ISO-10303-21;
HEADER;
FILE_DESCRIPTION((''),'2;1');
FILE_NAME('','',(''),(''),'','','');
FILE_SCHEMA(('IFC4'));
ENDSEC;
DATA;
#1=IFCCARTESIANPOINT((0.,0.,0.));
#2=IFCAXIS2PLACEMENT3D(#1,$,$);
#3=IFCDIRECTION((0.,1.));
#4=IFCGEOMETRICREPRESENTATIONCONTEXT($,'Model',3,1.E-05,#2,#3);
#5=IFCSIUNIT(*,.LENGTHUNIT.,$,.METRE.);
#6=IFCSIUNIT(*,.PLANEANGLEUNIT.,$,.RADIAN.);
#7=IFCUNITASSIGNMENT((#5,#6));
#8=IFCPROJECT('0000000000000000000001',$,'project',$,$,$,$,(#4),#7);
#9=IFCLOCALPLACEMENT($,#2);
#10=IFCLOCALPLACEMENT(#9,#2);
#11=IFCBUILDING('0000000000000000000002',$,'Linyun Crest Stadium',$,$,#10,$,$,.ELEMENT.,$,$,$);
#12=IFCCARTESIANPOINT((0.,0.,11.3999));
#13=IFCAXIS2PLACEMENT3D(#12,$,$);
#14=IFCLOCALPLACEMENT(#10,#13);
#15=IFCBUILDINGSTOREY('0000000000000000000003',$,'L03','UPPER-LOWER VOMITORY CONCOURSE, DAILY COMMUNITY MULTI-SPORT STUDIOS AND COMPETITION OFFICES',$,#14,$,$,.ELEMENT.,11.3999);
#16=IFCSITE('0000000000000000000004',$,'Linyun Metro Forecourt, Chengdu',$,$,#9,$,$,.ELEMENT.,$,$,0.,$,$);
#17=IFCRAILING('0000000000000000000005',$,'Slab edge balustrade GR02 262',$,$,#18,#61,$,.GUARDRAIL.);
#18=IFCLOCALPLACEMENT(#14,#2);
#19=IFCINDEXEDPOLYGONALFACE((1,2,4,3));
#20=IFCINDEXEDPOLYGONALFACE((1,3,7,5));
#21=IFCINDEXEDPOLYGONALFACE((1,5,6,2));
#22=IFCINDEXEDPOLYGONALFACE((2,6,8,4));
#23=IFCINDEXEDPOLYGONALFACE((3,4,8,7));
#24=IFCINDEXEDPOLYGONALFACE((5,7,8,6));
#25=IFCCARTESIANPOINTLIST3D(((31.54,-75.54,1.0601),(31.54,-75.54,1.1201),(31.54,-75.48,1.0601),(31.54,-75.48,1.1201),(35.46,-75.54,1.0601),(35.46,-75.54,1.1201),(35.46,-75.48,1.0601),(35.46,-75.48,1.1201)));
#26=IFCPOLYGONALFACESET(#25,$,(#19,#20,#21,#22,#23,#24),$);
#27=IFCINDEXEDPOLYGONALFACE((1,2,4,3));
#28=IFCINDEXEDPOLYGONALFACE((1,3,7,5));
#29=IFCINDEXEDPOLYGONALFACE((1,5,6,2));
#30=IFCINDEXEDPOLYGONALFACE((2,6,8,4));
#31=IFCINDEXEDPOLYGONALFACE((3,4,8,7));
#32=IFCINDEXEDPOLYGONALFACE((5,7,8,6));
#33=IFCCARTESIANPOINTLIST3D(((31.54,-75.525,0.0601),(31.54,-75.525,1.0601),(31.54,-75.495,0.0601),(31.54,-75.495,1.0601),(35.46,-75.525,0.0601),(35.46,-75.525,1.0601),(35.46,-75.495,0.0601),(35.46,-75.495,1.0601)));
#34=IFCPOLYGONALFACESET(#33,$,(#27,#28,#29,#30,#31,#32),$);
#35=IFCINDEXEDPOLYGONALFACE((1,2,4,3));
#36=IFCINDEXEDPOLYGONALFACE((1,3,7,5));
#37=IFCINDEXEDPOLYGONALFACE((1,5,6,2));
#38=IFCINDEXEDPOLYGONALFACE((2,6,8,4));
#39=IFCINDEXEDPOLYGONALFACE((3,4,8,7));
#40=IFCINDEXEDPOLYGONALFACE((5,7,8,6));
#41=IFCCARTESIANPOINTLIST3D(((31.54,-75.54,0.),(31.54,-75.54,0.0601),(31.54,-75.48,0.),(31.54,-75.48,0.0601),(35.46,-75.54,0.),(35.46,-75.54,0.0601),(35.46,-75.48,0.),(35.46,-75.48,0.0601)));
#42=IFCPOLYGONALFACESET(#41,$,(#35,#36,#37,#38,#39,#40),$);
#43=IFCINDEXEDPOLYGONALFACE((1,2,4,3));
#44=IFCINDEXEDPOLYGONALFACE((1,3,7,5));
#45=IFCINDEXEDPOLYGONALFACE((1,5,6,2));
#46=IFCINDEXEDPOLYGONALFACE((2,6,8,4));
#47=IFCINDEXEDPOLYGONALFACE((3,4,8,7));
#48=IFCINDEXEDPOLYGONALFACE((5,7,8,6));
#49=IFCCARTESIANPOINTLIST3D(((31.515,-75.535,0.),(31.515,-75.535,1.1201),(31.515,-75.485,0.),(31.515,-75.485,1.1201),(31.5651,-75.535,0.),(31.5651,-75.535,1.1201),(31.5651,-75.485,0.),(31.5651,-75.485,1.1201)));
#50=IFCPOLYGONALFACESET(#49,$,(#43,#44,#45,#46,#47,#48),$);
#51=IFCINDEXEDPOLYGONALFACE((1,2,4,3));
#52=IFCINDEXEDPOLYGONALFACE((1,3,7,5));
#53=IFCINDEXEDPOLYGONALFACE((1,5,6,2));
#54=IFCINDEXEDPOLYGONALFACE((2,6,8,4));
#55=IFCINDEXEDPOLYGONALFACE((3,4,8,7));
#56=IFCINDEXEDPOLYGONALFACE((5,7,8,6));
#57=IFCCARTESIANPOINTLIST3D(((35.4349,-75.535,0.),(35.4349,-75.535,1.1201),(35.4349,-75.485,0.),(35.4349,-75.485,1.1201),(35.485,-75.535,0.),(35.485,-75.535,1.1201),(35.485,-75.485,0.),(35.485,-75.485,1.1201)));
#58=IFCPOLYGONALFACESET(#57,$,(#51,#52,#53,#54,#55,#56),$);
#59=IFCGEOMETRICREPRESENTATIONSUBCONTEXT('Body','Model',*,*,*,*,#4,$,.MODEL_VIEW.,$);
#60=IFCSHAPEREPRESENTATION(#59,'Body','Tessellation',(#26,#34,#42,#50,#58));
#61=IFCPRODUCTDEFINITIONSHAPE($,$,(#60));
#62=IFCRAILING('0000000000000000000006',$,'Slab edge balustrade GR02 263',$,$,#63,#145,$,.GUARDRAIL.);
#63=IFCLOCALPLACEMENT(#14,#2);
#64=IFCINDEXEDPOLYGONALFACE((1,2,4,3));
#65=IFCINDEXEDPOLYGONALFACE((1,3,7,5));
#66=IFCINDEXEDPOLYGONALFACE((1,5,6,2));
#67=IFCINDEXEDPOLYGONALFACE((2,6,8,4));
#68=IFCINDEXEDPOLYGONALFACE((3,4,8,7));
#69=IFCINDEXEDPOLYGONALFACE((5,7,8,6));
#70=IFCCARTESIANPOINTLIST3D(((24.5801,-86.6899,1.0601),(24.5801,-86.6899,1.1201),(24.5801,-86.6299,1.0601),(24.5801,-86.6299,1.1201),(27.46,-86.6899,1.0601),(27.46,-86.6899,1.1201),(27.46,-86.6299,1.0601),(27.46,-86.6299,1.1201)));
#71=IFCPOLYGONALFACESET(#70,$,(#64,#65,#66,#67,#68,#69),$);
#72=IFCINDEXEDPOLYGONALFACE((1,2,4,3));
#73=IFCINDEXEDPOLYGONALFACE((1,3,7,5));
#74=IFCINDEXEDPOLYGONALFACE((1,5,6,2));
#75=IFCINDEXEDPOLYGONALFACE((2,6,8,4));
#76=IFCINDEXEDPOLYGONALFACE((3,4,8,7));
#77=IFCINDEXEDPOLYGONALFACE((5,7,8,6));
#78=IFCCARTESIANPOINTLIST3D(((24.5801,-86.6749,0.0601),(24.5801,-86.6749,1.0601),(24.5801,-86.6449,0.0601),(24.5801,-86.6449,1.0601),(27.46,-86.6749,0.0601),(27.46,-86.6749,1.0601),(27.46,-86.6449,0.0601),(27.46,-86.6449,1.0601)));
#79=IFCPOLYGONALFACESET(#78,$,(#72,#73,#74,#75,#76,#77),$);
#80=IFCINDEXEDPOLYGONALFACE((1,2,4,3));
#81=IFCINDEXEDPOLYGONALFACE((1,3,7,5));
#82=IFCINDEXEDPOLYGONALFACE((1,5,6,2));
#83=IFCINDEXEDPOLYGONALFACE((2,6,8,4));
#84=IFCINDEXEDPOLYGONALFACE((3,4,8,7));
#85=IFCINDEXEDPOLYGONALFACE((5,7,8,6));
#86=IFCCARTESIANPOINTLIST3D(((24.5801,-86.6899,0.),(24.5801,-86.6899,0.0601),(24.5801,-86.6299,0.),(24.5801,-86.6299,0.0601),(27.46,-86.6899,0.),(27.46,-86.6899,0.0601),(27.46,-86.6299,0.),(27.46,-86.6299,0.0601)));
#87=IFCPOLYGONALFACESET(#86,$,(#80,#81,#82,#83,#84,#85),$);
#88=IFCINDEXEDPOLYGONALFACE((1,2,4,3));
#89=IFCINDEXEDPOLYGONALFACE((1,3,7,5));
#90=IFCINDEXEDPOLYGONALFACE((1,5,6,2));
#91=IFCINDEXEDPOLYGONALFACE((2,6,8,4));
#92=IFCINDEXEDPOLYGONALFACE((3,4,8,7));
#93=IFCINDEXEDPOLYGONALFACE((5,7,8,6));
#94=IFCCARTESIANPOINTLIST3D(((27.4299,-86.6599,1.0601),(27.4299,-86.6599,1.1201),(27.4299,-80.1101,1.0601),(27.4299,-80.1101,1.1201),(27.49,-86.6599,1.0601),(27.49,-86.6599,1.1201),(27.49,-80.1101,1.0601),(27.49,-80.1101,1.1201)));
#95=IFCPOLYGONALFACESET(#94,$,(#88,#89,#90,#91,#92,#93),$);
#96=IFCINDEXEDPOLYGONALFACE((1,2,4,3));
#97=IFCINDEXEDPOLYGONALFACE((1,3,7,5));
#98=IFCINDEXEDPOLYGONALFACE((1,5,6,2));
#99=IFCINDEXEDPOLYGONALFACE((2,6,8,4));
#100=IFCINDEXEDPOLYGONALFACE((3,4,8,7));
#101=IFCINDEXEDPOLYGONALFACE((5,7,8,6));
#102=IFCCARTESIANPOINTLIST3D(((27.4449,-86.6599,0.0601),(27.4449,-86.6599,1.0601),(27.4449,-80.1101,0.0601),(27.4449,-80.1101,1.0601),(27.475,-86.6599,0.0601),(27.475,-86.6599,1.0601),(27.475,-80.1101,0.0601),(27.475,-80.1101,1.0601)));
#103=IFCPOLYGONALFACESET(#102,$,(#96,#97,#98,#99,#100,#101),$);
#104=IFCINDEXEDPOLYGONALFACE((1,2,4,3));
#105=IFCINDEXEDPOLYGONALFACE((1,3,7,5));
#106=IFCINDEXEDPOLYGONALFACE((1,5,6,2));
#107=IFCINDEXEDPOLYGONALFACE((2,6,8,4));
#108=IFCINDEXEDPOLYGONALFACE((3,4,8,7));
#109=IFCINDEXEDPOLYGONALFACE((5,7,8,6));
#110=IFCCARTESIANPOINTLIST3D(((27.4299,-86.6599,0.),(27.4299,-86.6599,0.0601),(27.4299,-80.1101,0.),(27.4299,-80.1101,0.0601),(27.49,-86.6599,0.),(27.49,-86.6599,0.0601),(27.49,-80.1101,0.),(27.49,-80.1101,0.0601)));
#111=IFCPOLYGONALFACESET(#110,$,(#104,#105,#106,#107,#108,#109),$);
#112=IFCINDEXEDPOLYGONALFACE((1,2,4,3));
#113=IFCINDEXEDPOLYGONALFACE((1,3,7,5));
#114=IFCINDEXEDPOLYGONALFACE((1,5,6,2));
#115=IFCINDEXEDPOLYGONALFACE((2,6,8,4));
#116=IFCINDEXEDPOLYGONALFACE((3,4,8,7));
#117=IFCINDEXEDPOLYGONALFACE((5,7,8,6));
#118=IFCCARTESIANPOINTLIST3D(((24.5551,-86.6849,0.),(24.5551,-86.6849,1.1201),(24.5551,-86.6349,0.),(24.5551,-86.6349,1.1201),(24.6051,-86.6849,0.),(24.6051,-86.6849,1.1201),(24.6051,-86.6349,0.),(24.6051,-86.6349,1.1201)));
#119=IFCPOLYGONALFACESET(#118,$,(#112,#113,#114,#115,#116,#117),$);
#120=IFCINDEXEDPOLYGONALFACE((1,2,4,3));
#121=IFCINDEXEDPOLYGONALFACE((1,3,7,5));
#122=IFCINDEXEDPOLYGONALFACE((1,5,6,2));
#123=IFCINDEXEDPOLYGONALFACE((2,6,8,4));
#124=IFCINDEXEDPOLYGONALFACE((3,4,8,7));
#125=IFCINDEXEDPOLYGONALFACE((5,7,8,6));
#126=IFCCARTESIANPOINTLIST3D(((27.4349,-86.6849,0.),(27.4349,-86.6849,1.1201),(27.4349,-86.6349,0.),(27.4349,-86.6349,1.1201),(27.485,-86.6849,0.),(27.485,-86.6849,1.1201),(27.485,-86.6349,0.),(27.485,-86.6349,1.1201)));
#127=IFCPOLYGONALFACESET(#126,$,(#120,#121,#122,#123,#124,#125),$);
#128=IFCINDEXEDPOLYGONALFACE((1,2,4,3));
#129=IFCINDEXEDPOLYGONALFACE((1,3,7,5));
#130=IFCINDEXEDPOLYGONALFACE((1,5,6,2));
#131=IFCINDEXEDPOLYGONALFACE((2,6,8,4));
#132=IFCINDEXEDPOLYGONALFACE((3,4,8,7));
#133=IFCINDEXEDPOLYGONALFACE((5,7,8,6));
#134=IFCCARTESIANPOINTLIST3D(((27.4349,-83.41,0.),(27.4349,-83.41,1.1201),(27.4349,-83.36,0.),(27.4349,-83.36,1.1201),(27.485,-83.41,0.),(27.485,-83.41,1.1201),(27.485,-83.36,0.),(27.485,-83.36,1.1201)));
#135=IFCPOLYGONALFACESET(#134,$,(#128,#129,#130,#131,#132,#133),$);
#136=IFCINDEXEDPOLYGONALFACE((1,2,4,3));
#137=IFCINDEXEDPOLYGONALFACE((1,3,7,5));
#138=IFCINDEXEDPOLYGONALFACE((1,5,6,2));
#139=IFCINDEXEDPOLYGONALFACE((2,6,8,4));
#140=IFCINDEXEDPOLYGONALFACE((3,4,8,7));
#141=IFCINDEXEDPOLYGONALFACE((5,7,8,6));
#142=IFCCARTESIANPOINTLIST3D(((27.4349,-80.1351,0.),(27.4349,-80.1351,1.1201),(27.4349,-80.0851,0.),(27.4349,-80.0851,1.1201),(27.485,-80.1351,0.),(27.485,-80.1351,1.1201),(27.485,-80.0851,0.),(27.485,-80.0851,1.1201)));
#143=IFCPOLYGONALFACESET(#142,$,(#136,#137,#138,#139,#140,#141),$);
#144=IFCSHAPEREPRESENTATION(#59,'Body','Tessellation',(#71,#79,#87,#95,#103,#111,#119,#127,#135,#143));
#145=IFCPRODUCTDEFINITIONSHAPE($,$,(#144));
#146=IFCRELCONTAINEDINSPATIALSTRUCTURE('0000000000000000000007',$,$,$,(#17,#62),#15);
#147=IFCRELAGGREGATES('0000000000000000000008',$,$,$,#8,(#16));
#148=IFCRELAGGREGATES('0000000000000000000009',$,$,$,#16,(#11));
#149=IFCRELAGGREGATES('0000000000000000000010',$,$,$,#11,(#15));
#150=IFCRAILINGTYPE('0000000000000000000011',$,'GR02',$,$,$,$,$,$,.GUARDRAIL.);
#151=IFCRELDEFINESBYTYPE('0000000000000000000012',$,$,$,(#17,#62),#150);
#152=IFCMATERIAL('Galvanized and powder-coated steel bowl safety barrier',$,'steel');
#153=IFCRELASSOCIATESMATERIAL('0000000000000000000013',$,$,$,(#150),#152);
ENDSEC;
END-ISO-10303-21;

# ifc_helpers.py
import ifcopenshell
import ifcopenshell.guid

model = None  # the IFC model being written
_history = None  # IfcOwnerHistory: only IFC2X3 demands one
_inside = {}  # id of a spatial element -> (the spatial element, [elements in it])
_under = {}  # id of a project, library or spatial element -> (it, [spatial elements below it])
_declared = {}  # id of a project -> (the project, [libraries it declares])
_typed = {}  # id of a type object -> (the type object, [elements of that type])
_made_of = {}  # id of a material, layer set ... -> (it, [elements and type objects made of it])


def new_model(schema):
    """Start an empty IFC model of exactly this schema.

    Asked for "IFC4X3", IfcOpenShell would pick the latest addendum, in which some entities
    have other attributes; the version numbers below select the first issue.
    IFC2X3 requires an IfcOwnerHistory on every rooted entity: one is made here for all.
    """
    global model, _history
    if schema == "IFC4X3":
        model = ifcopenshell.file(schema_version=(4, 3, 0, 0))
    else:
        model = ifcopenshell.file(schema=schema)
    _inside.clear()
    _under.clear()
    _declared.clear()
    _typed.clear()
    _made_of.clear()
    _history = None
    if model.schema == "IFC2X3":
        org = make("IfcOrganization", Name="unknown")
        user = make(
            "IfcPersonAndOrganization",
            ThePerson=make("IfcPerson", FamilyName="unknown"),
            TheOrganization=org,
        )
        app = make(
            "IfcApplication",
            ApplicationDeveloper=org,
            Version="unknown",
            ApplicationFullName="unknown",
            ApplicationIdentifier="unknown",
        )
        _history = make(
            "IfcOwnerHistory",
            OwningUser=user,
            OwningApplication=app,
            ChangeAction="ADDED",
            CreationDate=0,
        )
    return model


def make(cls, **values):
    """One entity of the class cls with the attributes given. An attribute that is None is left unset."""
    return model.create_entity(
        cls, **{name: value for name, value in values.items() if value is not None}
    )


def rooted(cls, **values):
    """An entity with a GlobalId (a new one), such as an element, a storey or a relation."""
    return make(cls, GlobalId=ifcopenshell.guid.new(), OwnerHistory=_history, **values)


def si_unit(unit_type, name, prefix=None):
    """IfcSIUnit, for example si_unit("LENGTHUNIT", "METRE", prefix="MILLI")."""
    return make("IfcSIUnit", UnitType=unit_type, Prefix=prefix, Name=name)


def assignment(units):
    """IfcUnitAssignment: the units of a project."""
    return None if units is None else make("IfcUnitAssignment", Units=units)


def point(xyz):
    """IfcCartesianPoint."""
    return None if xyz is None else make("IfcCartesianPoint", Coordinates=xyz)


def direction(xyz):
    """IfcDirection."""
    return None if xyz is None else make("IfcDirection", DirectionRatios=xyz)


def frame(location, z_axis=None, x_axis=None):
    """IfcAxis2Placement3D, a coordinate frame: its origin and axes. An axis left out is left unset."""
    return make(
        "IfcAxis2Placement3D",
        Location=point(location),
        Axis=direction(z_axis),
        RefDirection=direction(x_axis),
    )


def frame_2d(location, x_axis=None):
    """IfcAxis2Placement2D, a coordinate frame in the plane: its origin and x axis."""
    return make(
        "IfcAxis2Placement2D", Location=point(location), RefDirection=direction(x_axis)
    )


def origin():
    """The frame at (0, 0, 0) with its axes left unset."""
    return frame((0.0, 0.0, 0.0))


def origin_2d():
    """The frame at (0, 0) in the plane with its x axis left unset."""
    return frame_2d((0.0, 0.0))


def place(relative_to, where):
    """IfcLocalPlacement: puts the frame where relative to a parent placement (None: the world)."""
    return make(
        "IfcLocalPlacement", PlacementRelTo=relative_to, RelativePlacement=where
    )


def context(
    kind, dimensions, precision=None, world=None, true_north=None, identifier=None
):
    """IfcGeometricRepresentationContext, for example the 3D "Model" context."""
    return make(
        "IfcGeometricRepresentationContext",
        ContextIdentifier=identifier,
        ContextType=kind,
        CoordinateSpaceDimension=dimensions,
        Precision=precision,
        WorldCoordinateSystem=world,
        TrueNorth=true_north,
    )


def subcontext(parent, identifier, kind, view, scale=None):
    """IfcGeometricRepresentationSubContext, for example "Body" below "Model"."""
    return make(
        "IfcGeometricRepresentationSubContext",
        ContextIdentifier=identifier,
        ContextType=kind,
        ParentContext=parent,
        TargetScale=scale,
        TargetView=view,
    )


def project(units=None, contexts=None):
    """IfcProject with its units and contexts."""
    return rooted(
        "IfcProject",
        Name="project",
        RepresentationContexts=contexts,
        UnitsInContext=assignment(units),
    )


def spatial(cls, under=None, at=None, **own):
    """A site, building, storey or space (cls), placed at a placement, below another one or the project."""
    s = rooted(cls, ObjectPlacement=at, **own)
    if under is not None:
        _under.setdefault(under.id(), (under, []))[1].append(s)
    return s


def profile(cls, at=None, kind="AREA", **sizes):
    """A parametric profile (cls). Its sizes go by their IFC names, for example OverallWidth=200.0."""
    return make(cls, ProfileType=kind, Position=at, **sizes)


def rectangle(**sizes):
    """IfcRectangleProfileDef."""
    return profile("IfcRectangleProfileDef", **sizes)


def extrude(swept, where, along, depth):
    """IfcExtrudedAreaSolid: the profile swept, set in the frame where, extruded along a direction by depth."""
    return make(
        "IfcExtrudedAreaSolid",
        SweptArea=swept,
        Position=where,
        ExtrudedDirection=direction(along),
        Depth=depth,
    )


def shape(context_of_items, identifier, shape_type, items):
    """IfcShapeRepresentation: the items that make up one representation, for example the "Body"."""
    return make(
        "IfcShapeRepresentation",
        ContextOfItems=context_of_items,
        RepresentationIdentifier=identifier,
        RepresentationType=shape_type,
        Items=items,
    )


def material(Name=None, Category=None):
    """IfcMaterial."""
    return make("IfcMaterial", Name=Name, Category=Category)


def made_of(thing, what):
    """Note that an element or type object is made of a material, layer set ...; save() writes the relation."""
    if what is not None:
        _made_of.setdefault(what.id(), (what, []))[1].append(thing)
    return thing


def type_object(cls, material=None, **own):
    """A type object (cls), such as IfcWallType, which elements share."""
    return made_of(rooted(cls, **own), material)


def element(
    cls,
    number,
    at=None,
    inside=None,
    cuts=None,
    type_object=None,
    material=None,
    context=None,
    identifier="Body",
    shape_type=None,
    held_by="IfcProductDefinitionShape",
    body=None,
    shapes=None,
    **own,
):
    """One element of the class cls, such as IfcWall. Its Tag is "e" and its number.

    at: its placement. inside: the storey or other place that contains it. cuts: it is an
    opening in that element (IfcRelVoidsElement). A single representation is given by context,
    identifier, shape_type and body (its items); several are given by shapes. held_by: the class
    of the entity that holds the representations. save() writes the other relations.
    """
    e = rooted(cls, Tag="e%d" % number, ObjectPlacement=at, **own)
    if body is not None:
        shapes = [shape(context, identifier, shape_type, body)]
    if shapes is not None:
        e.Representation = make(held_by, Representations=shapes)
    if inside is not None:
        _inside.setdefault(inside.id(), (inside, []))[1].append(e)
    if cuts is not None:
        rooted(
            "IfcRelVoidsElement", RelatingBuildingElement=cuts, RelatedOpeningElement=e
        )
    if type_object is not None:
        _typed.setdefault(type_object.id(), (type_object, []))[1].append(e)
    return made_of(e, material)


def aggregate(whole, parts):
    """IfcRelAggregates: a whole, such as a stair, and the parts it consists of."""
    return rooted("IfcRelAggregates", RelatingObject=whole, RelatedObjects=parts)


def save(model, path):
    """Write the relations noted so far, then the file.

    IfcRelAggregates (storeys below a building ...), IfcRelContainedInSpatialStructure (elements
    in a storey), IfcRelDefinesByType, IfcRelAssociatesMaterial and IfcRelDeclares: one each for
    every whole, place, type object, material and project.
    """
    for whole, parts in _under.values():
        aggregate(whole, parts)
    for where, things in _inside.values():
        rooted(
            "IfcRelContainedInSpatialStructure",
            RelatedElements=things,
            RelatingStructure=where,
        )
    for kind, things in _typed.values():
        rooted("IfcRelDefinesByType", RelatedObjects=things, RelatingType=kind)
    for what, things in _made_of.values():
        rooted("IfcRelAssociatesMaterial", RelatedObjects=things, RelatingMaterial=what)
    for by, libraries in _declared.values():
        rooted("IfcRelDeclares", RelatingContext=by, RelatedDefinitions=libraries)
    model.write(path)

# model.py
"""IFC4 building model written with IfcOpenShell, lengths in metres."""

from ifc_helpers import new_model, si_unit, direction, frame, origin, origin_2d, place, context, subcontext, project, spatial, rectangle, extrude, material, type_object, element, save


model = new_model("IFC4")

# Units and contexts
model_context = context("Model", 3, precision=1e-05, world=origin(), true_north=direction((0.0, 1.0)))
body_context = subcontext(model_context, "Body", "Model", "MODEL_VIEW")
ifc_project = project(units=[si_unit("LENGTHUNIT", "METRE"), si_unit("PLANEANGLEUNIT", "RADIAN")], contexts=[model_context])

# Site, building, storey
site_placement = place(None, origin())
site = spatial("IfcSite", under=ifc_project, at=site_placement, Name="Linyun Metro Forecourt, Chengdu", CompositionType="ELEMENT", RefElevation=0.0)
building_placement = place(site_placement, origin())
building = spatial("IfcBuilding", under=site, at=building_placement, Name="Linyun Crest Stadium", CompositionType="ELEMENT")
storey_placement = place(building_placement, frame((0.0, 0.0, 11.3999)))
storey = spatial("IfcBuildingStorey", under=building, at=storey_placement, Name="L03", Description="UPPER-LOWER VOMITORY CONCOURSE, DAILY COMMUNITY MULTI-SPORT STUDIOS AND COMPETITION OFFICES", CompositionType="ELEMENT", Elevation=11.3999)

# Railings
ifc_material_1 = material(Name="Galvanized and powder-coated steel bowl safety barrier", Category="steel")
railing_type_1 = type_object("IfcRailingType", Name="GR02", PredefinedType="GUARDRAIL", material=ifc_material_1)
railing_1_placement = place(storey_placement, frame((31.54, -75.51, 0.0)))
element("IfcRailing", 1, at=railing_1_placement, inside=storey, type_object=railing_type_1, Name="Slab edge balustrade GR02 262", PredefinedType="GUARDRAIL", context=body_context, shape_type="SweptSolid", body=[
    extrude(rectangle(XDim=0.0601, YDim=0.0601, at=origin_2d()), frame((0.0, 0.0, 1.0901), z_axis=(1.0, 0.0, 0.0), x_axis=(0.0, 1.0, 0.0)), (0.0, 0.0, 1.0), 3.9199),
    extrude(rectangle(XDim=0.03, YDim=1.0, at=origin_2d()), frame((0.0, 0.0, 0.5601), z_axis=(1.0, 0.0, 0.0), x_axis=(0.0, 1.0, 0.0)), (0.0, 0.0, 1.0), 3.9199),
    extrude(rectangle(XDim=0.0601, YDim=0.0601, at=origin_2d()), frame((0.0, 0.0, 0.03), z_axis=(1.0, 0.0, 0.0), x_axis=(0.0, 1.0, 0.0)), (0.0, 0.0, 1.0), 3.9199),
    extrude(rectangle(XDim=0.05, YDim=0.05, at=origin_2d()), origin(), (0.0, 0.0, 1.0), 1.1201),
    extrude(rectangle(XDim=0.05, YDim=0.05, at=origin_2d()), frame((3.9199, 0.0, 0.0)), (0.0, 0.0, 1.0), 1.1201),
])
railing_2_placement = place(storey_placement, frame((24.5801, -86.6599, 0.0)))
element("IfcRailing", 2, at=railing_2_placement, inside=storey, type_object=railing_type_1, Name="Slab edge balustrade GR02 263", PredefinedType="GUARDRAIL", context=body_context, shape_type="SweptSolid", body=[
    extrude(rectangle(XDim=0.0601, YDim=0.0601, at=origin_2d()), frame((0.0, 0.0, 1.0901), z_axis=(1.0, 0.0, 0.0), x_axis=(0.0, 1.0, 0.0)), (0.0, 0.0, 1.0), 2.8799),
    extrude(rectangle(XDim=0.03, YDim=1.0, at=origin_2d()), frame((0.0, 0.0, 0.5601), z_axis=(1.0, 0.0, 0.0), x_axis=(0.0, 1.0, 0.0)), (0.0, 0.0, 1.0), 2.8799),
    extrude(rectangle(XDim=0.0601, YDim=0.0601, at=origin_2d()), frame((0.0, 0.0, 0.03), z_axis=(1.0, 0.0, 0.0), x_axis=(0.0, 1.0, 0.0)), (0.0, 0.0, 1.0), 2.8799),
    extrude(rectangle(XDim=0.0601, YDim=0.0601, at=origin_2d()), frame((2.8799, 0.0, 1.0901), z_axis=(0.0, 1.0, 0.0), x_axis=(-1.0, 0.0, 0.0)), (0.0, 0.0, 1.0), 6.5498),
    extrude(rectangle(XDim=0.03, YDim=1.0, at=origin_2d()), frame((2.8799, 0.0, 0.5601), z_axis=(0.0, 1.0, 0.0), x_axis=(-1.0, 0.0, 0.0)), (0.0, 0.0, 1.0), 6.5498),
    extrude(rectangle(XDim=0.0601, YDim=0.0601, at=origin_2d()), frame((2.8799, 0.0, 0.03), z_axis=(0.0, 1.0, 0.0), x_axis=(-1.0, 0.0, 0.0)), (0.0, 0.0, 1.0), 6.5498),
    extrude(rectangle(XDim=0.05, YDim=0.05, at=origin_2d()), origin(), (0.0, 0.0, 1.0), 1.1201),
    extrude(rectangle(XDim=0.05, YDim=0.05, at=origin_2d()), frame((2.8799, 0.0, 0.0)), (0.0, 0.0, 1.0), 1.1201),
    extrude(rectangle(XDim=0.05, YDim=0.05, at=origin_2d()), frame((2.8799, 3.2749, 0.0)), (0.0, 0.0, 1.0), 1.1201),
    extrude(rectangle(XDim=0.05, YDim=0.05, at=origin_2d()), frame((2.8799, 6.5498, 0.0)), (0.0, 0.0, 1.0), 1.1201),
])

save(model, "model.ifc")
